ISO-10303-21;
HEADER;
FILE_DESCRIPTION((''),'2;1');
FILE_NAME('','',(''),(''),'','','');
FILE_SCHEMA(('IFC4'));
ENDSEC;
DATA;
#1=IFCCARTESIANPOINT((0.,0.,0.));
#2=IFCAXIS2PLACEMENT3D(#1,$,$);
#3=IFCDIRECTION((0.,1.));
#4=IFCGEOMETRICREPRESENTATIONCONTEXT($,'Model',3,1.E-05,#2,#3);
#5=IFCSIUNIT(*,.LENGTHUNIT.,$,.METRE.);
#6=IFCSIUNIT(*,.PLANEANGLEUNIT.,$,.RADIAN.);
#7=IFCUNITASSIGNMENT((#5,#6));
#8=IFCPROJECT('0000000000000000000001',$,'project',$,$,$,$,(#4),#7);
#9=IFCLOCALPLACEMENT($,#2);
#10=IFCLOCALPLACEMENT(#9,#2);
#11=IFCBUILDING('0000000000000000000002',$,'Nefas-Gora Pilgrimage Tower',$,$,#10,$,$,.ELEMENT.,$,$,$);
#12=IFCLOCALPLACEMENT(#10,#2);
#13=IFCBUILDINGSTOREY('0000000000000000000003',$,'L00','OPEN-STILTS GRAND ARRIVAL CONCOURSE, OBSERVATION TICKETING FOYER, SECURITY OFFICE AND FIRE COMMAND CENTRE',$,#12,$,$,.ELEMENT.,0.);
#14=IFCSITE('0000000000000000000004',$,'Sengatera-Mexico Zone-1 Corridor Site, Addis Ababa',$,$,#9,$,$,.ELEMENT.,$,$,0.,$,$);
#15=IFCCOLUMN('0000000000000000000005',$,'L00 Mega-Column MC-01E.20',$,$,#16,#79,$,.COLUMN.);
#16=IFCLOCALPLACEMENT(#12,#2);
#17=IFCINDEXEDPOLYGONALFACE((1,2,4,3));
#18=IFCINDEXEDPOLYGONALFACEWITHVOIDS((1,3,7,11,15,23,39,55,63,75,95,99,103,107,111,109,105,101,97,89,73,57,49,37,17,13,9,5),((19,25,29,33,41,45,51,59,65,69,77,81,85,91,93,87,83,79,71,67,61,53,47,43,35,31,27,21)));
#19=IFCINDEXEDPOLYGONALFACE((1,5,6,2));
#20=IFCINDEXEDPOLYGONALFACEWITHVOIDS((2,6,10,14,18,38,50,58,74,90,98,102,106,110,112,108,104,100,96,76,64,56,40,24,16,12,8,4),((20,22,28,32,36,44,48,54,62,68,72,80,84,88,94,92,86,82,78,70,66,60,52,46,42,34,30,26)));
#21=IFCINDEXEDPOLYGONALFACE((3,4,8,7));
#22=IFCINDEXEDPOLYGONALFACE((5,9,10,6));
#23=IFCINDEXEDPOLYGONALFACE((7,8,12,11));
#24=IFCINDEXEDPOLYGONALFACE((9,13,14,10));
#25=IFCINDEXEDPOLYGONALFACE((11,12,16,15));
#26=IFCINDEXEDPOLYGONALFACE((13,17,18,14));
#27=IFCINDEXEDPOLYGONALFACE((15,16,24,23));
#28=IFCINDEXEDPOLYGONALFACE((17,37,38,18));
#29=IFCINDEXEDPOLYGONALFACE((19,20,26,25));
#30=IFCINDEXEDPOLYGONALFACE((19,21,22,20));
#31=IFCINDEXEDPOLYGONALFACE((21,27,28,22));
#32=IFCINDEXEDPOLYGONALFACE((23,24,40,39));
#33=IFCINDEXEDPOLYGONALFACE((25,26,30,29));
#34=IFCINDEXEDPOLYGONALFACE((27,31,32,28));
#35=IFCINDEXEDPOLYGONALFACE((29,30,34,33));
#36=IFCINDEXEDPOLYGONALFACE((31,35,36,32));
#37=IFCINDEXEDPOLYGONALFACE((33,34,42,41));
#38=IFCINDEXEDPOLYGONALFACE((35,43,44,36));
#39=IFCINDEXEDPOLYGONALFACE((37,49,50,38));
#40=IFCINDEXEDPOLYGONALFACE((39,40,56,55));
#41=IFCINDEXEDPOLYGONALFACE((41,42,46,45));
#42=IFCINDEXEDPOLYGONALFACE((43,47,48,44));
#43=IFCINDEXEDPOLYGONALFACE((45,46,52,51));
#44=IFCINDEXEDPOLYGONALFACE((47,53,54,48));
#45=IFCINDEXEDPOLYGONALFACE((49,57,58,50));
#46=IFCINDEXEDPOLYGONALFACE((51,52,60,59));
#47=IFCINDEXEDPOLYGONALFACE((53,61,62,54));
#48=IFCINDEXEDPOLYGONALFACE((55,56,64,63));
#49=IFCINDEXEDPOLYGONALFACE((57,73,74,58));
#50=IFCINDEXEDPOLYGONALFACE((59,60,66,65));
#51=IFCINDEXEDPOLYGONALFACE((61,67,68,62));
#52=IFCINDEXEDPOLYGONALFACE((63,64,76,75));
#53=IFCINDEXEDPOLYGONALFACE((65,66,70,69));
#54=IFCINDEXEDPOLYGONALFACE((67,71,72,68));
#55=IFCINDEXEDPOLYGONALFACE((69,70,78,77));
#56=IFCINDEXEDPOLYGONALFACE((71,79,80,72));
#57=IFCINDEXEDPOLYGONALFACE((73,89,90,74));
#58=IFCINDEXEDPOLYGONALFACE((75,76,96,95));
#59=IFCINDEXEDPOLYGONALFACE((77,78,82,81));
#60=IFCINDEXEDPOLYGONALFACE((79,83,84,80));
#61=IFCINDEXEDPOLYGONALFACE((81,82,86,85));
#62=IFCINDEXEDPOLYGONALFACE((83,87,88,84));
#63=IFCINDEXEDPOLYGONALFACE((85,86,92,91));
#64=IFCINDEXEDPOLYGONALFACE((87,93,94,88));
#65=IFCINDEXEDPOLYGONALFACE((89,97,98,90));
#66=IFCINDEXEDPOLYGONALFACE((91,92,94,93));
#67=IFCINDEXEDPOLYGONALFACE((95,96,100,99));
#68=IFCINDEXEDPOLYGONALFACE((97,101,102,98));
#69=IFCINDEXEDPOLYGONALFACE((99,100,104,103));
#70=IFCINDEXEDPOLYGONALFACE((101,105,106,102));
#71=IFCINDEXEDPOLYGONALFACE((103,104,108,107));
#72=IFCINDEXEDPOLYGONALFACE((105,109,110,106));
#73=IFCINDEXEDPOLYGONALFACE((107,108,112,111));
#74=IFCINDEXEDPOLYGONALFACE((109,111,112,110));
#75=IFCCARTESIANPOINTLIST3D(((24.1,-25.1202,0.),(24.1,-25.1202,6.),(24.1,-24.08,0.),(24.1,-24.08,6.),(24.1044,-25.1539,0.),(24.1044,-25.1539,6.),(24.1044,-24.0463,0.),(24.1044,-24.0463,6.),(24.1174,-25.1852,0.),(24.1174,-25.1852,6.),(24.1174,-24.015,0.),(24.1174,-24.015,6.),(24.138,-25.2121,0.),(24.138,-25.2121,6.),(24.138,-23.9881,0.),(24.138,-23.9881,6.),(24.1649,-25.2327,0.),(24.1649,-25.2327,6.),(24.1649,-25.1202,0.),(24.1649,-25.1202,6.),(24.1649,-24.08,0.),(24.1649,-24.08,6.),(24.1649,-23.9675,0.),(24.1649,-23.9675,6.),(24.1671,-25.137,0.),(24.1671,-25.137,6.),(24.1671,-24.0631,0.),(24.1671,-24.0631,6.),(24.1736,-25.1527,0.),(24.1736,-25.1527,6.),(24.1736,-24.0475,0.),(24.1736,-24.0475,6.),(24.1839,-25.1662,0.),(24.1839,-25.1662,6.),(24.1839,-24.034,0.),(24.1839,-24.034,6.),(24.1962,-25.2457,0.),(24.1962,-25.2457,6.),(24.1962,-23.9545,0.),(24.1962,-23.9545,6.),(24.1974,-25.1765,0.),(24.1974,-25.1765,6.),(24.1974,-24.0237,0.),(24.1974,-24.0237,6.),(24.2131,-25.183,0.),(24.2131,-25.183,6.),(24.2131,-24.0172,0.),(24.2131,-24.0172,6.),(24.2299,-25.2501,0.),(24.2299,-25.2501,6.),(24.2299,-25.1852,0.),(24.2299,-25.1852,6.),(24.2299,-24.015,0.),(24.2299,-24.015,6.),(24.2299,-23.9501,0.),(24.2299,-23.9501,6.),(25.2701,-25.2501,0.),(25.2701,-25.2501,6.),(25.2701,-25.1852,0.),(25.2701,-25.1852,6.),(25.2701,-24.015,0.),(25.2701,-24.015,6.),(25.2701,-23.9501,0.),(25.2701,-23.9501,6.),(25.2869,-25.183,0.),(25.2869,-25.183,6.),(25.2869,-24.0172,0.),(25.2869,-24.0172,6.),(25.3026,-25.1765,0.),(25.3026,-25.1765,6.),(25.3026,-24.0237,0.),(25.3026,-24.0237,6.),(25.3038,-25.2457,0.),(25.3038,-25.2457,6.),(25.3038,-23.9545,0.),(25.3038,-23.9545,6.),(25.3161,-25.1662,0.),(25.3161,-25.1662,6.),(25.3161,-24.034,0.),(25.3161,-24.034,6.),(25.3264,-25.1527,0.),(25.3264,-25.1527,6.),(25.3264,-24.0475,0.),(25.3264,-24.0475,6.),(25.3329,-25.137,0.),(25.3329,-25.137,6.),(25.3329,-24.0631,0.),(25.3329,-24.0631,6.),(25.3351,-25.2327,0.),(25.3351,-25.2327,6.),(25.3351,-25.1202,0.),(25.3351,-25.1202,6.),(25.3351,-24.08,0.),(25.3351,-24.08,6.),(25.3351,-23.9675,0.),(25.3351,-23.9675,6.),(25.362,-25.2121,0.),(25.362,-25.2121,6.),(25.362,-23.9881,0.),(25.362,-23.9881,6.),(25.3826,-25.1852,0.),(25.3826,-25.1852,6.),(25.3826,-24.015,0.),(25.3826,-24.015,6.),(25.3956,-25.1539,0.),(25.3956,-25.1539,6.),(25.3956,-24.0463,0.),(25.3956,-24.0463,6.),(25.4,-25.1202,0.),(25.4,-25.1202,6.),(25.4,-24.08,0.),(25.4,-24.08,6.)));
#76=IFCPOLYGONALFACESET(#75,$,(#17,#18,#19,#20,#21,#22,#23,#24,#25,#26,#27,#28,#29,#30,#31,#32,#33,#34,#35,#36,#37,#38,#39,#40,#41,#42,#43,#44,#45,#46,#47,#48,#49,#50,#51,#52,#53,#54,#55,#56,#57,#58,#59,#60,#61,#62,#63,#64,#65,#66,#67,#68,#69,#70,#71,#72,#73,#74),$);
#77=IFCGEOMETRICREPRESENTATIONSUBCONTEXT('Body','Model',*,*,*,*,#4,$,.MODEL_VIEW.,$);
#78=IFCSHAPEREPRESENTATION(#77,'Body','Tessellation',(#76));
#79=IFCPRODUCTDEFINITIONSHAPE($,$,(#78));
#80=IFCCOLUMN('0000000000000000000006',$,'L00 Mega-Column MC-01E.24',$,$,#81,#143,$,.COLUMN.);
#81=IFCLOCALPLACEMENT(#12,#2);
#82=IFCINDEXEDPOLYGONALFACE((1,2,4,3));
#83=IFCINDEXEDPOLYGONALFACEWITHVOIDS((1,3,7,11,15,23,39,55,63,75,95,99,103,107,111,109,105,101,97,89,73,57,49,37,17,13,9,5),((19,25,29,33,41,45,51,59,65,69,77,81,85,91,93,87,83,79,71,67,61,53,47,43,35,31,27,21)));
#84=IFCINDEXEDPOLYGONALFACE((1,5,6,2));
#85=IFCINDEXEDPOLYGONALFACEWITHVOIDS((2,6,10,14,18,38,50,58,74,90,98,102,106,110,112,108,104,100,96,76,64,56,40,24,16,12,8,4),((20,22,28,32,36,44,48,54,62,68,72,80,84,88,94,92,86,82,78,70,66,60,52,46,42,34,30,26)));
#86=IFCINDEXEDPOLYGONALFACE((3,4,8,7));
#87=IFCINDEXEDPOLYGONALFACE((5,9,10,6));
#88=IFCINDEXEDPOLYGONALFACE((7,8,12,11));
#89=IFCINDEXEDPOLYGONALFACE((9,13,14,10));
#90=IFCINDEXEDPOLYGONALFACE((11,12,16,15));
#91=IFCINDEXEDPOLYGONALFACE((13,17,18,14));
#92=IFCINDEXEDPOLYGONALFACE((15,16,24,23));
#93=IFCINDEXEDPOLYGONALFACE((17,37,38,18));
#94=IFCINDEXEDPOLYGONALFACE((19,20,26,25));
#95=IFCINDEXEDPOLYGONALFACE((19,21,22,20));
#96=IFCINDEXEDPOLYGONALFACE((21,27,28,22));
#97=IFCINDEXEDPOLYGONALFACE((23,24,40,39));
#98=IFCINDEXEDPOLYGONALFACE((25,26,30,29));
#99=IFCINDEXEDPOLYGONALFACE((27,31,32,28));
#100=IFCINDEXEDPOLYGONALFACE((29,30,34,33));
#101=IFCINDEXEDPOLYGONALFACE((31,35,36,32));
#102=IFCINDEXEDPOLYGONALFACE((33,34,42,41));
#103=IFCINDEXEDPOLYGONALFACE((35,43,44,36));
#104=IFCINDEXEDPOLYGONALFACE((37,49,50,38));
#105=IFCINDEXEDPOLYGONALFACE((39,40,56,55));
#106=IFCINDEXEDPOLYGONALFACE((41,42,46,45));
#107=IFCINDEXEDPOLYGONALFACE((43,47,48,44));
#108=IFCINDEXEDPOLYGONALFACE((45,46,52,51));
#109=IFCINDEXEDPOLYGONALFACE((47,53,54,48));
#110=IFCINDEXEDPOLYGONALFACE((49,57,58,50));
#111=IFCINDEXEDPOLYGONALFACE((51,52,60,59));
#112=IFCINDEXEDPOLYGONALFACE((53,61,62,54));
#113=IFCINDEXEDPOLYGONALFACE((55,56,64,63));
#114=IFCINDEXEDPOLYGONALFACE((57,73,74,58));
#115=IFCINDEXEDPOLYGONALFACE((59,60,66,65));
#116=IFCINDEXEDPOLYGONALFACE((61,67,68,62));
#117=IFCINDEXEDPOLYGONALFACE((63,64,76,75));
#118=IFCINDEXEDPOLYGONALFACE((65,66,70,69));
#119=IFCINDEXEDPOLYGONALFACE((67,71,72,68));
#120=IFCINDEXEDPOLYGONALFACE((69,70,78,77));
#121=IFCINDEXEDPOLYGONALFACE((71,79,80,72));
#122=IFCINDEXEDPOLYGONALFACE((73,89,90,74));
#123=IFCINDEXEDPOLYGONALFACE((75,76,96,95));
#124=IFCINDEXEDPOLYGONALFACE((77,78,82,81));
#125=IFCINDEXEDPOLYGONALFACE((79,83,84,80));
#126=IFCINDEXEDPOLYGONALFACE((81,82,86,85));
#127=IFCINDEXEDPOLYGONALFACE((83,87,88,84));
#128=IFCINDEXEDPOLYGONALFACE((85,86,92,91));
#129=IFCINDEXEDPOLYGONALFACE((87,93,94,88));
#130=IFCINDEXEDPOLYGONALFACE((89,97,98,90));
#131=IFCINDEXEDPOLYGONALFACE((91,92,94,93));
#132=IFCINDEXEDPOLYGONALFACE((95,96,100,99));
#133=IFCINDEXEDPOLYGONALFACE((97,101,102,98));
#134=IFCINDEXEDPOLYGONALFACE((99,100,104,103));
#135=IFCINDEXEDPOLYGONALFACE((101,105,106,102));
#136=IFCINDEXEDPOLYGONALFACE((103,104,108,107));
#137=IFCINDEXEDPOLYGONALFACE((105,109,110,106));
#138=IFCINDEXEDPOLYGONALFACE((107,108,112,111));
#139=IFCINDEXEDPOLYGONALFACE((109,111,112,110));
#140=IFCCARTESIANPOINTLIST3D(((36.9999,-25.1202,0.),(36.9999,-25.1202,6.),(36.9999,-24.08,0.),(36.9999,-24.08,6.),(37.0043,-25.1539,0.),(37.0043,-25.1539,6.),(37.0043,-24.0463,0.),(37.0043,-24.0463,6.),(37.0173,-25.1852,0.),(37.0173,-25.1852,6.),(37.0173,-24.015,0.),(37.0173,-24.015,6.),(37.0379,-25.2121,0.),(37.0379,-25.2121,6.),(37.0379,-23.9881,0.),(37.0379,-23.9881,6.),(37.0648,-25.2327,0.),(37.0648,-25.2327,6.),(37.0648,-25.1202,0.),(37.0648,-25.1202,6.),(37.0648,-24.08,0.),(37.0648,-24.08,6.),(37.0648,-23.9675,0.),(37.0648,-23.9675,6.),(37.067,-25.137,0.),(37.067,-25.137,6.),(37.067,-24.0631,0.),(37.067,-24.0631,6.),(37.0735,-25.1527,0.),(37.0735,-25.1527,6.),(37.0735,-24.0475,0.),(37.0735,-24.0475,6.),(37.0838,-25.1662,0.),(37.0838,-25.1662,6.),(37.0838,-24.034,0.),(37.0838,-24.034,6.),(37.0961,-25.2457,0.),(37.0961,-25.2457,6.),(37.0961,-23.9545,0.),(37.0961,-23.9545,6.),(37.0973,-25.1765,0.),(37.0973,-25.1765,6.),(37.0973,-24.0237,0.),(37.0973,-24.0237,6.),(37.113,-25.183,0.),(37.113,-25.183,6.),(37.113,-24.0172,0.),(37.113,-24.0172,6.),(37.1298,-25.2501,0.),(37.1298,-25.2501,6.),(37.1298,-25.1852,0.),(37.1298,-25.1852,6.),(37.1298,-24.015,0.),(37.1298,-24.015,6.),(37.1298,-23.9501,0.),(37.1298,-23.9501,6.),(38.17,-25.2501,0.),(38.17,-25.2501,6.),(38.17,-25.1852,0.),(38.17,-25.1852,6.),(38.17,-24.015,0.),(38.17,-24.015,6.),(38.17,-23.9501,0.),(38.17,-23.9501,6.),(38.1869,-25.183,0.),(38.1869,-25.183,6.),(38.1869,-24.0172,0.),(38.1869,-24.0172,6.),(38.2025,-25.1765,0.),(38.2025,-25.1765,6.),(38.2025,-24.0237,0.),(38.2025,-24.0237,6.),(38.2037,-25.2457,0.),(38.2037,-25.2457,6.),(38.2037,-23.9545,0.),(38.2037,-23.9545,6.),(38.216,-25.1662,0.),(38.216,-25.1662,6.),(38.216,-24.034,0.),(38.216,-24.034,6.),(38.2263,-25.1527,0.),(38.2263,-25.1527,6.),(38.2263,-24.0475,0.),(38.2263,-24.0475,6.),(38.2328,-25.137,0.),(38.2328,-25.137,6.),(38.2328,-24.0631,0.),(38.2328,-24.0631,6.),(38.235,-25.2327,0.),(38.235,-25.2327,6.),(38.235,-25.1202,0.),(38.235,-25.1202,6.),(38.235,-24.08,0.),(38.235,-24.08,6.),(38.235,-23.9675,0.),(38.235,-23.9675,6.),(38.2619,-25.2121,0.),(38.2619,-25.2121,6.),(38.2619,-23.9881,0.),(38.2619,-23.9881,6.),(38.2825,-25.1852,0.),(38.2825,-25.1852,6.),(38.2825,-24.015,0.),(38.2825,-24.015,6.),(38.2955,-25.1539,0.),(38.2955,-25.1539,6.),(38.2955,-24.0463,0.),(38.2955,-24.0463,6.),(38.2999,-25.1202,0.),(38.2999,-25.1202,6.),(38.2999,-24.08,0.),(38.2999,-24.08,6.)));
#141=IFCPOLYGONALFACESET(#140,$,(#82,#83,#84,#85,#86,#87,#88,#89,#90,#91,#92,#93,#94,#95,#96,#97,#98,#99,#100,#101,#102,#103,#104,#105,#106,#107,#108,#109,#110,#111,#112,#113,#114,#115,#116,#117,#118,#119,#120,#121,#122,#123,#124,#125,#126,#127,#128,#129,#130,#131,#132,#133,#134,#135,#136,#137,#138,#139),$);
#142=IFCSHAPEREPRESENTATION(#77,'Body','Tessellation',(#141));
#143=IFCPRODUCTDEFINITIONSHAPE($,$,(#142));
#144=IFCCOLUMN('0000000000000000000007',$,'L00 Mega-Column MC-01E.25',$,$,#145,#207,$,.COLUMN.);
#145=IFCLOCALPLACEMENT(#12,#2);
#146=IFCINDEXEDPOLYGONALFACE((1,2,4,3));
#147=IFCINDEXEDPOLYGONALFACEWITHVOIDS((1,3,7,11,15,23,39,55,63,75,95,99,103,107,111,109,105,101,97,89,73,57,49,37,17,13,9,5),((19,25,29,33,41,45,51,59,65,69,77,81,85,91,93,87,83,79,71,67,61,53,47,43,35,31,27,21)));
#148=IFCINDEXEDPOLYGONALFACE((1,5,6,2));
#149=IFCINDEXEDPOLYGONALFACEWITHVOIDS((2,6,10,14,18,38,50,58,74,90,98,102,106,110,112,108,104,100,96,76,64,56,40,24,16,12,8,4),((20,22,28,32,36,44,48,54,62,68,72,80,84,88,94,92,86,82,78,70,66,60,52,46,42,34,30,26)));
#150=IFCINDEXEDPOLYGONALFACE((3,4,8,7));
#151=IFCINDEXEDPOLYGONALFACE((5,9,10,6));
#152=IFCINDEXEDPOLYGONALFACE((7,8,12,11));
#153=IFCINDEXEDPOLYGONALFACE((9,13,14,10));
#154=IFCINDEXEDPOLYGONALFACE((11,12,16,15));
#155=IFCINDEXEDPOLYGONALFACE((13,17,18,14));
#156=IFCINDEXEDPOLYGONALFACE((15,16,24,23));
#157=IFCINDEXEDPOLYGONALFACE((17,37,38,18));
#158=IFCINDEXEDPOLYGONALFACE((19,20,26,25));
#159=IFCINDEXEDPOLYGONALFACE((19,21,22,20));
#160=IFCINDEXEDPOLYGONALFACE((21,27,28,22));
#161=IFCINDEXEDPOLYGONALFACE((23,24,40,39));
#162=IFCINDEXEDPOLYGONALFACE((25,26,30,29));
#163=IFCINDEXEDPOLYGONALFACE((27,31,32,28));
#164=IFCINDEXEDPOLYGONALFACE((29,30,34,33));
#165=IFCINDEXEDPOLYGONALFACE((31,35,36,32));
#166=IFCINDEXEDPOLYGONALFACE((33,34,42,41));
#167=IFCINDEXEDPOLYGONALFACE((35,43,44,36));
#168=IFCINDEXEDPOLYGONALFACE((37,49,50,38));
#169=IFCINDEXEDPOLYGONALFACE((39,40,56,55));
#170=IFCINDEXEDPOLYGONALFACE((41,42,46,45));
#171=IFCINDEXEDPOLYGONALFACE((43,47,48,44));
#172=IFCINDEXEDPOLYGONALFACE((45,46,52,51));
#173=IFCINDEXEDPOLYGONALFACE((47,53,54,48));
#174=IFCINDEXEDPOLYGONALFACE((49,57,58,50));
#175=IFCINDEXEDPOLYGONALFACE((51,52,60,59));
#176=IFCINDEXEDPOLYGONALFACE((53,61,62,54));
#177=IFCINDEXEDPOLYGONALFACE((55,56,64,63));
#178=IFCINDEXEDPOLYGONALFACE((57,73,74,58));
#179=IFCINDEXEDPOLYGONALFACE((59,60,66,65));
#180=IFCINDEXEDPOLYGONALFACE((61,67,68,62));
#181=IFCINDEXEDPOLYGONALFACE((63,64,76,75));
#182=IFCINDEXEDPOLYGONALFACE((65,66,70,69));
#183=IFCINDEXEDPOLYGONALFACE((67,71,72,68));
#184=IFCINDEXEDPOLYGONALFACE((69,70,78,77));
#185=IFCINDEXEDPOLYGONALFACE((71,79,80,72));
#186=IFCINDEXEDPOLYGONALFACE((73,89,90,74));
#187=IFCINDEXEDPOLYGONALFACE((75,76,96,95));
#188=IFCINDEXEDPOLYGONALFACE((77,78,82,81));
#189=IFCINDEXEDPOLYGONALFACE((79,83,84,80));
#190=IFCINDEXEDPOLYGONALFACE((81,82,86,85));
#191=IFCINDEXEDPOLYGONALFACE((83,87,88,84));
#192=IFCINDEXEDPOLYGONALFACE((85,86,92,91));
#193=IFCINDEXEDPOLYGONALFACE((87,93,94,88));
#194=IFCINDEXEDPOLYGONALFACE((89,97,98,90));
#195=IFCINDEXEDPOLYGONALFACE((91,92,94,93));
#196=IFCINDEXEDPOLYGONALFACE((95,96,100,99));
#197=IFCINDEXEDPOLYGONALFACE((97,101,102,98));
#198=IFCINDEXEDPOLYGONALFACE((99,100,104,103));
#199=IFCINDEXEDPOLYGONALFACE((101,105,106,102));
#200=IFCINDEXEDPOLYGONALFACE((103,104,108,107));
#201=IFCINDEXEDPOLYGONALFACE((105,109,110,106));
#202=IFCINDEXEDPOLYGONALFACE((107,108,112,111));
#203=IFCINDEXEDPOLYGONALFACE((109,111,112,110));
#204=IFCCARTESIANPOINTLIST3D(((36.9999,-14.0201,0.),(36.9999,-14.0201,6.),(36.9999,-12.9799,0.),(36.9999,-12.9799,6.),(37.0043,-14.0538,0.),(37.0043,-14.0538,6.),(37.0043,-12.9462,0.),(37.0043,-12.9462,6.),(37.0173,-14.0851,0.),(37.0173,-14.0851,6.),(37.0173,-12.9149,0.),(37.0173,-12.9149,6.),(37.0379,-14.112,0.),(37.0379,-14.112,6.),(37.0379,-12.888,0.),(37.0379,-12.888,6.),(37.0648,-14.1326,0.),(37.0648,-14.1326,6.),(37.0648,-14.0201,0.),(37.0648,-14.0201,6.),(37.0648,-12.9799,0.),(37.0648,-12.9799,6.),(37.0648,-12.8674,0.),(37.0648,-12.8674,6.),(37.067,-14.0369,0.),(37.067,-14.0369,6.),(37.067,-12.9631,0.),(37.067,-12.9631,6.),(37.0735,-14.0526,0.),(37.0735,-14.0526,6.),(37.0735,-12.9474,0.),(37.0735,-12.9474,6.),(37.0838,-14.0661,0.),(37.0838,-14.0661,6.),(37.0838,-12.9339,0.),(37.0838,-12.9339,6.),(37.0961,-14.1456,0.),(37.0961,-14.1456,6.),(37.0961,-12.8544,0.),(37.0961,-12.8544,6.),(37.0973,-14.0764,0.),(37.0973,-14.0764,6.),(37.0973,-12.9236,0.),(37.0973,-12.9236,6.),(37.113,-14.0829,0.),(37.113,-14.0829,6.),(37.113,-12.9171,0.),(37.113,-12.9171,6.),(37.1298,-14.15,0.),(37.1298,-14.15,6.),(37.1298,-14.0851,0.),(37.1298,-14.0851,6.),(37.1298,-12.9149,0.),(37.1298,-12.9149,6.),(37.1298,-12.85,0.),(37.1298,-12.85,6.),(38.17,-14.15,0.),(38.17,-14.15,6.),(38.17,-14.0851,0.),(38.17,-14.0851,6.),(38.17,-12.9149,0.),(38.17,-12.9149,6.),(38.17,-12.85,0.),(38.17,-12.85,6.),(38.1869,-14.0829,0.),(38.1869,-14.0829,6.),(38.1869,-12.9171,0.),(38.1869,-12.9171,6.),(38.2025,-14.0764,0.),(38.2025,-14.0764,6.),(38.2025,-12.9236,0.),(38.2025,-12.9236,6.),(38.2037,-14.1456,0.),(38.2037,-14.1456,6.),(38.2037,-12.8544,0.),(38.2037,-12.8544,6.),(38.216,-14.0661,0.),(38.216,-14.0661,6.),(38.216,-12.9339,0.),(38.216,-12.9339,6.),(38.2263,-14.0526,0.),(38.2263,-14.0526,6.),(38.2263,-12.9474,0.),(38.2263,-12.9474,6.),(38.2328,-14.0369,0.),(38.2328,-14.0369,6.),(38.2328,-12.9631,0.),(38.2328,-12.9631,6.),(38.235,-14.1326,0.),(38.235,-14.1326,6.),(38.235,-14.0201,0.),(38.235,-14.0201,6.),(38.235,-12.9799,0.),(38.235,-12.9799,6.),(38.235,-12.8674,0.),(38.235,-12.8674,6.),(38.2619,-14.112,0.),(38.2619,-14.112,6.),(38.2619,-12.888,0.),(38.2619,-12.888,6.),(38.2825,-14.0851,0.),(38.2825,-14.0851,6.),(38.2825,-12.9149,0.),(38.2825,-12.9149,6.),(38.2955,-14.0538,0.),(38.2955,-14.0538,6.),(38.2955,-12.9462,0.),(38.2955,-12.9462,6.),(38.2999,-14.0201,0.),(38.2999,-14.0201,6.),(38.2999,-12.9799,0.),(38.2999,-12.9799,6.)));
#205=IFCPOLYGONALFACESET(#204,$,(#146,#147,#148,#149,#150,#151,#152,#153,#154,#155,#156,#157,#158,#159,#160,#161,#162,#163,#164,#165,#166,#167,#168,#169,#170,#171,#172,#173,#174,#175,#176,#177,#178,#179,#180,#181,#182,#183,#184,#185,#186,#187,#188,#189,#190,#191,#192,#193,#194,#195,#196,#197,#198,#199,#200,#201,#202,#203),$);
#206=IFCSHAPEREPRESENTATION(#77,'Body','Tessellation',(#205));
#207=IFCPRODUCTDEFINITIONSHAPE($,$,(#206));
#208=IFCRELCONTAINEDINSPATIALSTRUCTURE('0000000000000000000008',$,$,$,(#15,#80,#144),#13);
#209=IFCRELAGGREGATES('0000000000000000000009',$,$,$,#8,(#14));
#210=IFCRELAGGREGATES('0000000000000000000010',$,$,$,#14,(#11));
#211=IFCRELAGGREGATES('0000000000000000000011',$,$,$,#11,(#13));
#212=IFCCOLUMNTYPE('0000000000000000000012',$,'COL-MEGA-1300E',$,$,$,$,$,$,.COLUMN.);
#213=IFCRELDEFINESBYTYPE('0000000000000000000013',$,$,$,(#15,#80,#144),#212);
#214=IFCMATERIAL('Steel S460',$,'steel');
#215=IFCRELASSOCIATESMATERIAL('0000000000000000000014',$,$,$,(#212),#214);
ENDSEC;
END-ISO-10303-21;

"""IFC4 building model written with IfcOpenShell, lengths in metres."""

from ifc_helpers import new_model, si_unit, direction, frame, origin, origin_2d, place, context, subcontext, project, spatial, hollow_rectangle, extrude, source, transform, mapped, material, material_profile, profile_set, type_object, element, save


model = new_model("IFC4")

# Units and contexts
model_context = context("Model", 3, precision=1e-05, world=origin(), true_north=direction((0.0, 1.0)))
body_context = subcontext(model_context, "Body", "Model", "MODEL_VIEW")
ifc_project = project(units=[si_unit("LENGTHUNIT", "METRE"), si_unit("PLANEANGLEUNIT", "RADIAN")], contexts=[model_context])

# Site, building, storey
site_placement = place(None, origin())
site = spatial("IfcSite", under=ifc_project, at=site_placement, Name="Sengatera-Mexico Zone-1 Corridor Site, Addis Ababa", CompositionType="ELEMENT", RefElevation=0.0)
building_placement = place(site_placement, origin())
building = spatial("IfcBuilding", under=site, at=building_placement, Name="Nefas-Gora Pilgrimage Tower", CompositionType="ELEMENT")
storey_placement = place(building_placement, origin())
storey = spatial("IfcBuildingStorey", under=building, at=storey_placement, Name="L00", Description="OPEN-STILTS GRAND ARRIVAL CONCOURSE, OBSERVATION TICKETING FOYER, SECURITY OFFICE AND FIRE COMMAND CENTRE", CompositionType="ELEMENT", Elevation=0.0)

# Columns
ifc_material_1 = material(Name="Steel S460", Category="steel")
ifc_material_profile_1 = material_profile(ifc_material_1, hollow_rectangle(XDim=1.3, YDim=1.3, WallThickness=0.0649, InnerFilletRadius=0.0649, OuterFilletRadius=0.1299, at=origin_2d()), Name="BOX 1300x1300x65")
ifc_profile_set_1 = profile_set([ifc_material_profile_1], Name="Steel S460")
column_type_1 = type_object("IfcColumnType", Name="COL-MEGA-1300E", PredefinedType="COLUMN", material=ifc_profile_set_1)
shared_shape_1 = source(origin(), body_context, "Body", "SweptSolid", [
    extrude(hollow_rectangle(XDim=1.3, YDim=1.3, WallThickness=0.0649, InnerFilletRadius=0.0649, OuterFilletRadius=0.1299, at=origin_2d()), origin(), (0.0, 0.0, 1.0), 6.0),
])
for number, where, z_axis, x_axis, name in (
    (1, (24.75, -24.6001, 0.0), (0.0, 0.0, 1.0), (1.0, 0.0, 0.0), "L00 Mega-Column MC-01E.20"),
    (2, (37.6499, -24.6001, 0.0), (0.0, 0.0, 1.0), (1.0, 0.0, 0.0), "L00 Mega-Column MC-01E.24"),
    (3, (37.6499, -13.5, 0.0), (0.0, 0.0, 1.0), (1.0, 0.0, 0.0), "L00 Mega-Column MC-01E.25"),
):
    element("IfcColumn", number, at=place(storey_placement, frame(where, z_axis=z_axis, x_axis=x_axis)), inside=storey, type_object=column_type_1, Name=name, PredefinedType="COLUMN", context=body_context, shape_type="MappedRepresentation", body=[
        mapped(shared_shape_1, transform((0.0, 0.0, 0.0), x_axis=(1.0, 0.0, 0.0), y_axis=(0.0, 1.0, 0.0), z_axis=(0.0, 0.0, 1.0), scale=1.0)),
    ])

save(model, "model.ifc")
